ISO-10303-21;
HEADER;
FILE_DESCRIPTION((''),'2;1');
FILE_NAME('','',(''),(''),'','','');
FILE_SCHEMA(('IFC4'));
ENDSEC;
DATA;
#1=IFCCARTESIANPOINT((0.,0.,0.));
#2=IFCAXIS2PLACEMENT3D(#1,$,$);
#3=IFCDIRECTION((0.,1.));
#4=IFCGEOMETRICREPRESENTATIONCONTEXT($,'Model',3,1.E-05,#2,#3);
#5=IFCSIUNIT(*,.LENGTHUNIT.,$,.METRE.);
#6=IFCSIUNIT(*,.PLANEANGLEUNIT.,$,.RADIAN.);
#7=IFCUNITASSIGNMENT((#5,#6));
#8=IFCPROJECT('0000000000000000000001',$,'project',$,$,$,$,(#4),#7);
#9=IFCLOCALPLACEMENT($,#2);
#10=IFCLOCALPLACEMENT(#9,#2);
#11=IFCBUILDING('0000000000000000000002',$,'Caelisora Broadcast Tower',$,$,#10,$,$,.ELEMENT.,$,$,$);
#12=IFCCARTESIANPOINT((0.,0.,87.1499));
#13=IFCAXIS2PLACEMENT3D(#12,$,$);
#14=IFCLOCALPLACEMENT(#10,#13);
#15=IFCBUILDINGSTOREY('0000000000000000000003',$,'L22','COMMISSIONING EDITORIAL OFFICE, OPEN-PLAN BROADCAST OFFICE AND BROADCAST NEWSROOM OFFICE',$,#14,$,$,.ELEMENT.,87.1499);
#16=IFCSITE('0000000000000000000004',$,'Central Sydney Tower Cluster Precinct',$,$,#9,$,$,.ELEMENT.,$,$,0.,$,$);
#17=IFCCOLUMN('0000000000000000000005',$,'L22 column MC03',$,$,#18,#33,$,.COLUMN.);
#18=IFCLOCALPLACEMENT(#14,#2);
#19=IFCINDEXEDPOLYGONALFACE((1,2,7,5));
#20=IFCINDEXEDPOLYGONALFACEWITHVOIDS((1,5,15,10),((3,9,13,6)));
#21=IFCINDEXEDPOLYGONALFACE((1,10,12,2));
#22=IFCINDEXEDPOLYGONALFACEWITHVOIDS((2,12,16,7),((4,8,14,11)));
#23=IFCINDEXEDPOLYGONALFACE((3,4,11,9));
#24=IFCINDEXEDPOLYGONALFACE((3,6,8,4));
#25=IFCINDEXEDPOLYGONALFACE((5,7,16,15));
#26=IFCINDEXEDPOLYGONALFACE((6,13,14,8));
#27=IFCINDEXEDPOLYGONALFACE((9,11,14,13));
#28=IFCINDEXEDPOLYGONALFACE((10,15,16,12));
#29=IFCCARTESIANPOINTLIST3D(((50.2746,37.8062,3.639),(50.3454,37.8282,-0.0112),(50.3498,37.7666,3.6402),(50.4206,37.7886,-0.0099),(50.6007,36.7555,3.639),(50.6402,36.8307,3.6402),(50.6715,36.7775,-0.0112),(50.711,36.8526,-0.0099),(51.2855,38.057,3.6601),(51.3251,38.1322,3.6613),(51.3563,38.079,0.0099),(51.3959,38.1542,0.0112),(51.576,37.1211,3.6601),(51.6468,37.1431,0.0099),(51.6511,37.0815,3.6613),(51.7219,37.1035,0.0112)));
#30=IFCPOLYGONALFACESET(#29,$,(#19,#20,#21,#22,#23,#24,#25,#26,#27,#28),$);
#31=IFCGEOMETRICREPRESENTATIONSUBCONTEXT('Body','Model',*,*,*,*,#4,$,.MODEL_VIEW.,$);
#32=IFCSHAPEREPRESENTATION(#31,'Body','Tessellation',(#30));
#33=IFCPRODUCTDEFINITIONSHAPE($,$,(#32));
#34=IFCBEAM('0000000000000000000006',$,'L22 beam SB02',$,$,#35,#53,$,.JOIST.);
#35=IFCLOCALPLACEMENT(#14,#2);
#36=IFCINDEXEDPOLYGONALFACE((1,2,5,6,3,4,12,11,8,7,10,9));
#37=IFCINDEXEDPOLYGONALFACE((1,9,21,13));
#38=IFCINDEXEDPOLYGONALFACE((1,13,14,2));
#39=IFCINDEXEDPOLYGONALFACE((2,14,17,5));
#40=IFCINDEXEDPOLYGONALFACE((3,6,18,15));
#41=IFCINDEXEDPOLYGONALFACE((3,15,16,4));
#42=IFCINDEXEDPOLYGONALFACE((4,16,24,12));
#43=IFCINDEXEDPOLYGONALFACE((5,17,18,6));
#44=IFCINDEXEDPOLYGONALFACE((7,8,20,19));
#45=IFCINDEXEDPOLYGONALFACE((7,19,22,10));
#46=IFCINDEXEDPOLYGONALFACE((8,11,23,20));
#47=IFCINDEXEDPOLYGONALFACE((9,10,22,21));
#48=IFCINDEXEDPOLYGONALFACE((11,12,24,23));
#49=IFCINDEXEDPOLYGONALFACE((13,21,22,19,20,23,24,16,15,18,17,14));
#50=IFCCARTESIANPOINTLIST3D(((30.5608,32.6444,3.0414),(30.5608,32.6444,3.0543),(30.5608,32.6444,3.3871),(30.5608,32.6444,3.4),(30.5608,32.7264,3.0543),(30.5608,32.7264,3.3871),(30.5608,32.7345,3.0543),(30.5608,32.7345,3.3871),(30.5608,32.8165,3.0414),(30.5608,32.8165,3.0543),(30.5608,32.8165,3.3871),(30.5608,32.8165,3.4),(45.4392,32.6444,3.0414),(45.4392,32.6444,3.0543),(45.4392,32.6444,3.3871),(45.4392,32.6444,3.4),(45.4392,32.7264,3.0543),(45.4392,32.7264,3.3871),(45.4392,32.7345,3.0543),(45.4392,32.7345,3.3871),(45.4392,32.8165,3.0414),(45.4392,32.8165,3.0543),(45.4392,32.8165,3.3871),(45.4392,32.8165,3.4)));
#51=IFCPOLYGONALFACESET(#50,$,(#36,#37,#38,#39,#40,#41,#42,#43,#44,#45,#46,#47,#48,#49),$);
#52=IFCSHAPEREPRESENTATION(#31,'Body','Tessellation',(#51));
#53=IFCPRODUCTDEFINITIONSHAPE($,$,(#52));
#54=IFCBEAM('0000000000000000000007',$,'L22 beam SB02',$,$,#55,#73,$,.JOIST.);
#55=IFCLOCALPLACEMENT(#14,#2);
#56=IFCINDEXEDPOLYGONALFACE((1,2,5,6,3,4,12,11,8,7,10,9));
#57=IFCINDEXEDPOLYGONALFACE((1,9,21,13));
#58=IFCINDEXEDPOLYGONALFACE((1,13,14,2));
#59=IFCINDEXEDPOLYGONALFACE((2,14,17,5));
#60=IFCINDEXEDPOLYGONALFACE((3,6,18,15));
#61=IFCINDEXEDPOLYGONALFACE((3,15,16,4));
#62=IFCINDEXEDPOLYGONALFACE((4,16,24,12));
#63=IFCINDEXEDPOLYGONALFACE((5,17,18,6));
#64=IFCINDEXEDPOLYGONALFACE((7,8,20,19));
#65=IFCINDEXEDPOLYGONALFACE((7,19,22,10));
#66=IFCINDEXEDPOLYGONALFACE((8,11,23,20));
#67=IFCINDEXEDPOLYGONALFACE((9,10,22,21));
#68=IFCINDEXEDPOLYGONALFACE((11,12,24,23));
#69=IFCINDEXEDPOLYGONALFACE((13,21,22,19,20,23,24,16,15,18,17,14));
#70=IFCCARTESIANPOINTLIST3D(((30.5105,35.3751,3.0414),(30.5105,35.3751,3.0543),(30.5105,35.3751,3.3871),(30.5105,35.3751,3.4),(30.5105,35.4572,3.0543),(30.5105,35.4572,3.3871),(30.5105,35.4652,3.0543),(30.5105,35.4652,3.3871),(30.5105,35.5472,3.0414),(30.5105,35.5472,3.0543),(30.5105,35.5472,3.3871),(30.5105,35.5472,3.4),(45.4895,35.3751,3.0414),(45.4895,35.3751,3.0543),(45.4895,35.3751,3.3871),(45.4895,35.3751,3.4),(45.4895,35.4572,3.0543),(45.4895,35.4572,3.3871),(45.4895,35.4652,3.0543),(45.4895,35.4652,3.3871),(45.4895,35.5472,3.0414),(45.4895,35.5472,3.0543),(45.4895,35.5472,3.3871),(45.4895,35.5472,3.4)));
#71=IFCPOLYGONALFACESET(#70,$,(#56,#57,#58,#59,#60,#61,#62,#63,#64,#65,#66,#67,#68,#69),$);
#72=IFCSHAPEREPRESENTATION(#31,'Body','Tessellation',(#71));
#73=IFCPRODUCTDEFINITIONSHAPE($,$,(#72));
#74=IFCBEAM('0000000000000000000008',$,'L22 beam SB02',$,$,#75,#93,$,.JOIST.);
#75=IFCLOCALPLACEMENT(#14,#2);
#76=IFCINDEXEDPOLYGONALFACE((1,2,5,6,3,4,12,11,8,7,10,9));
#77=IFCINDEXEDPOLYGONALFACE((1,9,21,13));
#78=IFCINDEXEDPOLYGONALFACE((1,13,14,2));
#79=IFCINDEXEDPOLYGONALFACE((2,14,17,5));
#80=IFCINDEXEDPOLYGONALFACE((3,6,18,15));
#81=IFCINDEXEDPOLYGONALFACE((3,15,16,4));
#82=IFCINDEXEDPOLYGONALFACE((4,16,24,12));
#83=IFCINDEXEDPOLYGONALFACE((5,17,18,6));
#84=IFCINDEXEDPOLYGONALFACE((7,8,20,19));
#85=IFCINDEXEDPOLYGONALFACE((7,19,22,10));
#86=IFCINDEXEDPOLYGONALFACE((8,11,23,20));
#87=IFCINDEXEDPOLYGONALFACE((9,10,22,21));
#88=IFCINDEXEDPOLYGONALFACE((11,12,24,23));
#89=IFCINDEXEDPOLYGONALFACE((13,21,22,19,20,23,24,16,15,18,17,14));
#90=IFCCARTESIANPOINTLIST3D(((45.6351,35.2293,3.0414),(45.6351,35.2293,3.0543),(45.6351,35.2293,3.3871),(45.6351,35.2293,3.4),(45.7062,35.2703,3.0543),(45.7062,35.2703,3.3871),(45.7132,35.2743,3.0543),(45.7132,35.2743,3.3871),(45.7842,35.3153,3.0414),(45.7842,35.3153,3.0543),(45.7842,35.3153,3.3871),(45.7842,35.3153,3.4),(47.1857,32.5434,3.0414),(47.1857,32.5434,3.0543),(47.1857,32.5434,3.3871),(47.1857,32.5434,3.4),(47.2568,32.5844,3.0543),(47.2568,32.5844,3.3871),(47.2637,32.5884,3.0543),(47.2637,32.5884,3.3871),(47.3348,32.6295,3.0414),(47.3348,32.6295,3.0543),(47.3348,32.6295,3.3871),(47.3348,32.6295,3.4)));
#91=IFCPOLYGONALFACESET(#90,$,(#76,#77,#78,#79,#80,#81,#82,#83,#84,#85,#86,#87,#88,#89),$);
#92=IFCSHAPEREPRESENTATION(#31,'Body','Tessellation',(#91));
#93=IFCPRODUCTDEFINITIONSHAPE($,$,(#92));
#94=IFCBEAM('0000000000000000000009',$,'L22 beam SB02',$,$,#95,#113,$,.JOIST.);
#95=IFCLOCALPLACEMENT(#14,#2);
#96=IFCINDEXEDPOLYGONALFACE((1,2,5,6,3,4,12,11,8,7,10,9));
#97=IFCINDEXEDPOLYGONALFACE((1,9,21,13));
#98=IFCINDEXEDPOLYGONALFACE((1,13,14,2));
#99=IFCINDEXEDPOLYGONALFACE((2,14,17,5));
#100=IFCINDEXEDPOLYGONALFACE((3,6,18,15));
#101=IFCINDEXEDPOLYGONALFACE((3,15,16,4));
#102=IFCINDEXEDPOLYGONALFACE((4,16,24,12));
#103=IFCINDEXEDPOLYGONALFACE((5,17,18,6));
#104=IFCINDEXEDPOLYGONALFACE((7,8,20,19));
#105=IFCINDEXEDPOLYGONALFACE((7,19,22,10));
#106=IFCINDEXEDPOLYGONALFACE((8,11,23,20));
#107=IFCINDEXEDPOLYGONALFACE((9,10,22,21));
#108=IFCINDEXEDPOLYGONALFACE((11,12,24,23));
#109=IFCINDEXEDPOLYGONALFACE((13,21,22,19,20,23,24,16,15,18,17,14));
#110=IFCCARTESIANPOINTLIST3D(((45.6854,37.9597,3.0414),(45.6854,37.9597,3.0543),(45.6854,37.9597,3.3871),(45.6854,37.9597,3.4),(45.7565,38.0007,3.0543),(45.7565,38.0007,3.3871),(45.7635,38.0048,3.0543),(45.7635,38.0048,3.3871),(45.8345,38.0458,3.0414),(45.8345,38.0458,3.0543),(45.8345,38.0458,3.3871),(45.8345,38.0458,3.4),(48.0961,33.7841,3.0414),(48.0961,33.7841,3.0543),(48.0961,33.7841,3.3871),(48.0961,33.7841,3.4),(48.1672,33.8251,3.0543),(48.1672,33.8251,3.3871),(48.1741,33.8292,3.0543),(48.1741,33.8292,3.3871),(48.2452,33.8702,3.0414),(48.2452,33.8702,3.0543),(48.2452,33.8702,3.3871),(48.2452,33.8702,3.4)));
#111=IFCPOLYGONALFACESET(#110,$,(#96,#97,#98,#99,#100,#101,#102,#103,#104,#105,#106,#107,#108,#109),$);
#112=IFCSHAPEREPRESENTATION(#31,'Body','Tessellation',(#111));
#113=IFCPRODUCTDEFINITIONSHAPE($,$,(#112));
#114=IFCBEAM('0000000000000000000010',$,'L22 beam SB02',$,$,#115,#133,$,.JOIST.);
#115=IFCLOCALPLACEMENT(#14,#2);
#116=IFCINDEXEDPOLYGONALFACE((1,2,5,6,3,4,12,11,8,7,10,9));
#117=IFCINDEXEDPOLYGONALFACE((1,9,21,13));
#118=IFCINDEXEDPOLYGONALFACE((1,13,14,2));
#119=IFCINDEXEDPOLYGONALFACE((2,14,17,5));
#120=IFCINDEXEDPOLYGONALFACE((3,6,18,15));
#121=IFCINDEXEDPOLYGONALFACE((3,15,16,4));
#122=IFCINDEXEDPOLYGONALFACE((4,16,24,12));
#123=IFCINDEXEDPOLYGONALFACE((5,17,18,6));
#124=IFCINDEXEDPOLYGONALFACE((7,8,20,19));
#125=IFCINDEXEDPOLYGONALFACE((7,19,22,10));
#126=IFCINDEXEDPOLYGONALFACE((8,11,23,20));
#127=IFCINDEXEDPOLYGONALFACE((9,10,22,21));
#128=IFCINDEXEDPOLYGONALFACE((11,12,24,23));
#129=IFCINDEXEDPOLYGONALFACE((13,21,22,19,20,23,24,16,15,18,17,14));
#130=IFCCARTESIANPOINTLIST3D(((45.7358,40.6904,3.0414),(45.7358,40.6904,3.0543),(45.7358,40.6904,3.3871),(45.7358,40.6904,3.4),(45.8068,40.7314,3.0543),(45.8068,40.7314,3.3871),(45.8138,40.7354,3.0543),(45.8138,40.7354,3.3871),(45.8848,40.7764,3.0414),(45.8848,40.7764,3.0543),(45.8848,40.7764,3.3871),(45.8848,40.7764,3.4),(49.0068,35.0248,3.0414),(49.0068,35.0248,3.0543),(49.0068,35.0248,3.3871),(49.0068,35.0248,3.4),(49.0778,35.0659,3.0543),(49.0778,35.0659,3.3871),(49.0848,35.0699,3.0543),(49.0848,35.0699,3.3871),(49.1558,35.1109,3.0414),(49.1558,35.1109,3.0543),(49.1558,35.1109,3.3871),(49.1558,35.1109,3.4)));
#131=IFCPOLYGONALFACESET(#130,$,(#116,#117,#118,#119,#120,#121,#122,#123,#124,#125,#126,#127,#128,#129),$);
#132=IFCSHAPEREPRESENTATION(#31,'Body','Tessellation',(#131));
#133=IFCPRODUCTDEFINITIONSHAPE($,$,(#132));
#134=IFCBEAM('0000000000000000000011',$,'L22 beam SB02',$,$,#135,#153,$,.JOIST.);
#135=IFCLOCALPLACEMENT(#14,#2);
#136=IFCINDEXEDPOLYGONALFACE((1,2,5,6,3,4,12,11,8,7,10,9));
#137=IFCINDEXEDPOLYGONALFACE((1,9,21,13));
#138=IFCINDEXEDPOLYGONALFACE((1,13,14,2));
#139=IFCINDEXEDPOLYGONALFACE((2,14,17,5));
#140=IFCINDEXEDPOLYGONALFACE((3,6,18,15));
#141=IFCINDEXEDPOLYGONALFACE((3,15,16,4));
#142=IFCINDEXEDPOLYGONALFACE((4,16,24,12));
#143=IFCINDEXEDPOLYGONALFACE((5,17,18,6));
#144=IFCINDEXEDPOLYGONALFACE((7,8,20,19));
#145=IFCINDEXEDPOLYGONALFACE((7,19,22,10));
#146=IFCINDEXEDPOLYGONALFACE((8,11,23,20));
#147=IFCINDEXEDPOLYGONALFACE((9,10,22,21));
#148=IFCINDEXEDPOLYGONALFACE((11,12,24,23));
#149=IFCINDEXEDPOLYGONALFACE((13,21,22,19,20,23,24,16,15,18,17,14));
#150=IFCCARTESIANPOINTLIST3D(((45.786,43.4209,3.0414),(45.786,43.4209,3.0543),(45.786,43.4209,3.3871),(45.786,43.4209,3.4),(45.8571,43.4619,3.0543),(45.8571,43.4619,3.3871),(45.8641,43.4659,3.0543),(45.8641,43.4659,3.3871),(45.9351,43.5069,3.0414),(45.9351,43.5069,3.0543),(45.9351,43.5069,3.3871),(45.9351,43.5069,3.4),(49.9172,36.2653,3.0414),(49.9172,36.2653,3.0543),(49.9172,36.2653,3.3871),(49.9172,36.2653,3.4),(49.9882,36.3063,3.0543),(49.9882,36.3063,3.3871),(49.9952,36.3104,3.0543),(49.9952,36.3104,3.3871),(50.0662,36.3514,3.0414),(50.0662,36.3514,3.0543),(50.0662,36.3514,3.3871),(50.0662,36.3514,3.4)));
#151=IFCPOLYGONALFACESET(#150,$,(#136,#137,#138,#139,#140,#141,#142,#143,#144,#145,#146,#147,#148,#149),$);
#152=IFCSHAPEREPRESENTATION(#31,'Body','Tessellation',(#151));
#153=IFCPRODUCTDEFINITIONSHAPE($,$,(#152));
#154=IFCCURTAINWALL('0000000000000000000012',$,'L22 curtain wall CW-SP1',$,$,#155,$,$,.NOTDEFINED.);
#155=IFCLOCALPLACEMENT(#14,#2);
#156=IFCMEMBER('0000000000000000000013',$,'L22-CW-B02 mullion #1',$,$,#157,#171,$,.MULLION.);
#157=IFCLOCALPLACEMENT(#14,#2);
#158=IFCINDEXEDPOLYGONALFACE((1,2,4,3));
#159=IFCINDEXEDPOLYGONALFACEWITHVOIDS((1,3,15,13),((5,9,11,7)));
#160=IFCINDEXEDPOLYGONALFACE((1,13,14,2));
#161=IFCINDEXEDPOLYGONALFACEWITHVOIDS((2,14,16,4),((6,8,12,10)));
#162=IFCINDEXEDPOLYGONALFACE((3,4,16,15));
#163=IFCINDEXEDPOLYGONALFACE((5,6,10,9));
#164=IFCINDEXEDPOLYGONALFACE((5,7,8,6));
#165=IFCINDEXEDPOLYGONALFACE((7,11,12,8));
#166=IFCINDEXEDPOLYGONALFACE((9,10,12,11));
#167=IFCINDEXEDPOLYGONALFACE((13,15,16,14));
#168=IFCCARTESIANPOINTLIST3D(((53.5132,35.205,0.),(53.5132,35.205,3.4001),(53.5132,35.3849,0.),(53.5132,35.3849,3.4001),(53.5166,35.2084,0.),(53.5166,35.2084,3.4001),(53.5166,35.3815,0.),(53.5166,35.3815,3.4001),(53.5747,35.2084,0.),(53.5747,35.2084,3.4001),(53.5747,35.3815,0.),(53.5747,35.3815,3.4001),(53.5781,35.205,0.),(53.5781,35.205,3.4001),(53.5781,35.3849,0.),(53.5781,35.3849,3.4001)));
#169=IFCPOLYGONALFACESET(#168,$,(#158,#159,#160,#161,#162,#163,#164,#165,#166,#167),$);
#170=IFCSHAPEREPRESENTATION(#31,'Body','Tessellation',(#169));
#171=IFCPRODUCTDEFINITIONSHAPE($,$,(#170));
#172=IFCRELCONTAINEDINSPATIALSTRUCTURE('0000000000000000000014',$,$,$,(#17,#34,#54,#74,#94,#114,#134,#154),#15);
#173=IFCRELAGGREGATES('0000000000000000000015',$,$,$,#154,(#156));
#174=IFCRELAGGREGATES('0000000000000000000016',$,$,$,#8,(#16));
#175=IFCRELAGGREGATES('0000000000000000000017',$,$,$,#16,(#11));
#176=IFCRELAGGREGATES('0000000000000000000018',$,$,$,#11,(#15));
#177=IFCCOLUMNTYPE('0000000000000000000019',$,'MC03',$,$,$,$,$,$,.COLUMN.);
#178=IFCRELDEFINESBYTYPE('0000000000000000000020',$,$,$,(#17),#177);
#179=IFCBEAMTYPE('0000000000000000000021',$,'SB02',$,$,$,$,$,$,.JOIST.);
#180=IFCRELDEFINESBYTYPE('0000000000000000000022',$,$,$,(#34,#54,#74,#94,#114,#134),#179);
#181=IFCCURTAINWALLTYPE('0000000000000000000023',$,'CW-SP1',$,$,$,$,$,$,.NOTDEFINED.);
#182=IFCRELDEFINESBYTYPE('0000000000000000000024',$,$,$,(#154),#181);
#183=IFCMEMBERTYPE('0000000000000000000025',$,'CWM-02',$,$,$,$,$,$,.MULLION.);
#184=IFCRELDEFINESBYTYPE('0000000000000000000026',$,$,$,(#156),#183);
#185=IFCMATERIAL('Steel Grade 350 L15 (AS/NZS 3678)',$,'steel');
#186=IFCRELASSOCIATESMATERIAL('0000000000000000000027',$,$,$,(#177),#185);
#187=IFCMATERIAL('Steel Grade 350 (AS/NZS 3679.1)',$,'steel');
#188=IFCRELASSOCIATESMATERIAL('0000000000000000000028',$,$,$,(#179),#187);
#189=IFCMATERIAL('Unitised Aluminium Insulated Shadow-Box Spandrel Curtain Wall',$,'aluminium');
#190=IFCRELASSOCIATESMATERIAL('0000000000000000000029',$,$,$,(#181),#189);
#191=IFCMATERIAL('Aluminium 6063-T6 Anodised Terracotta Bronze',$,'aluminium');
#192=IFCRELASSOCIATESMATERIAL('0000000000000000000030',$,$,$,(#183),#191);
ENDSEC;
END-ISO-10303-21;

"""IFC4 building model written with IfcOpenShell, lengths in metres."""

from ifc_helpers import new_model, si_unit, direction, frame, origin, origin_2d, place, context, subcontext, project, spatial, hollow_rectangle, i_section, extrude, source, transform, mapped, material, material_profile, profile_set, type_object, type_shapes, element, aggregate, save


model = new_model("IFC4")

# Units and contexts
model_context = context("Model", 3, precision=1e-05, world=origin(), true_north=direction((0.0, 1.0)))
body_context = subcontext(model_context, "Body", "Model", "MODEL_VIEW")
ifc_project = project(units=[si_unit("LENGTHUNIT", "METRE"), si_unit("PLANEANGLEUNIT", "RADIAN")], contexts=[model_context])

# Site, building, storey
site_placement = place(None, origin())
site = spatial("IfcSite", under=ifc_project, at=site_placement, Name="Central Sydney Tower Cluster Precinct", CompositionType="ELEMENT", RefElevation=0.0)
building_placement = place(site_placement, origin())
building = spatial("IfcBuilding", under=site, at=building_placement, Name="Caelisora Broadcast Tower", CompositionType="ELEMENT")
storey_placement = place(building_placement, frame((0.0, 0.0, 87.1499)))
storey = spatial("IfcBuildingStorey", under=building, at=storey_placement, Name="L22", Description="COMMISSIONING EDITORIAL OFFICE, OPEN-PLAN BROADCAST OFFICE AND BROADCAST NEWSROOM OFFICE", CompositionType="ELEMENT", Elevation=87.1499)

# Column
ifc_material_1 = material(Name="Steel Grade 350 L15 (AS/NZS 3678)", Category="steel")
ifc_material_profile_1 = material_profile(ifc_material_1, hollow_rectangle(XDim=1.1001, YDim=1.1001, WallThickness=0.0601, at=origin_2d()), Name="Steel Grade 350 L15 (AS/NZS 3678)")
ifc_profile_set_1 = profile_set([ifc_material_profile_1], Name="Steel Grade 350 L15 (AS/NZS 3678)")
column_type = type_object("IfcColumnType", Name="MC03", PredefinedType="COLUMN", material=ifc_profile_set_1)
shared_shape_1 = source(origin(), body_context, "Body", "SweptSolid", [
    extrude(hollow_rectangle(XDim=1.1001, YDim=1.1001, WallThickness=0.0601, at=origin_2d()), origin(), (0.0, 0.0, 1.0), 3.6509),
])
type_shapes(column_type, [shared_shape_1])
column_placement = place(storey_placement, frame((51.0337, 37.4658, 0.0), z_axis=(-0.019393, -0.006018, 0.999794), x_axis=(0.296399, -0.955064, 0.0)))
element("IfcColumn", 1, at=column_placement, inside=storey, type_object=column_type, Name="L22 column MC03", PredefinedType="COLUMN", context=body_context, shape_type="MappedRepresentation", body=[
    mapped(shared_shape_1, transform((0.0, 0.0, 0.0), scale=1.0)),
])

# Beams
ifc_material_2 = material(Name="Steel Grade 350 (AS/NZS 3679.1)", Category="steel")
ifc_material_profile_2 = material_profile(ifc_material_2, i_section(OverallWidth=0.1721, OverallDepth=0.3586, WebThickness=0.0081, FlangeThickness=0.0129, at=origin_2d()), Name="Steel Grade 350 (AS/NZS 3679.1)")
ifc_profile_set_2 = profile_set([ifc_material_profile_2], Name="Steel Grade 350 (AS/NZS 3679.1)")
beam_type = type_object("IfcBeamType", Name="SB02", PredefinedType="JOIST", material=ifc_profile_set_2)
shared_shape_2 = source(origin(), body_context, "Body", "SweptSolid", [
    extrude(i_section(OverallWidth=0.1721, OverallDepth=0.3586, WebThickness=0.0081, FlangeThickness=0.0129, at=origin_2d()), origin(), (0.0, 0.0, 1.0), 14.8784),
])
beam_1_placement = place(storey_placement, frame((45.4392, 32.7305, 3.2207), z_axis=(-1.0, 0.0, 0.0), x_axis=(0.0, -1.0, 0.0)))
element("IfcBeam", 2, at=beam_1_placement, inside=storey, type_object=beam_type, Name="L22 beam SB02", PredefinedType="JOIST", context=body_context, shape_type="MappedRepresentation", body=[
    mapped(shared_shape_2, transform((0.0, 0.0, 0.0), scale=1.0)),
])
shared_shape_3 = source(origin(), body_context, "Body", "SweptSolid", [
    extrude(i_section(OverallWidth=0.1721, OverallDepth=0.3586, WebThickness=0.0081, FlangeThickness=0.0129, at=origin_2d()), origin(), (0.0, 0.0, 1.0), 14.979),
])
beam_2_placement = place(storey_placement, frame((45.4895, 35.4612, 3.2207), z_axis=(-1.0, 0.0, 0.0), x_axis=(0.0, -1.0, 0.0)))
element("IfcBeam", 3, at=beam_2_placement, inside=storey, type_object=beam_type, Name="L22 beam SB02", PredefinedType="JOIST", context=body_context, shape_type="MappedRepresentation", body=[
    mapped(shared_shape_3, transform((0.0, 0.0, 0.0), scale=1.0)),
])
shared_shape_4 = source(origin(), body_context, "Body", "SweptSolid", [
    extrude(i_section(OverallWidth=0.1721, OverallDepth=0.3586, WebThickness=0.0081, FlangeThickness=0.0129, at=origin_2d()), origin(), (0.0, 0.0, 1.0), 3.1013),
])
beam_3_placement = place(storey_placement, frame((47.2603, 32.5864, 3.2207), z_axis=(-0.499975, 0.86604, 0.0), x_axis=(-0.86604, -0.499975, 0.0)))
element("IfcBeam", 4, at=beam_3_placement, inside=storey, type_object=beam_type, Name="L22 beam SB02", PredefinedType="JOIST", context=body_context, shape_type="MappedRepresentation", body=[
    mapped(shared_shape_4, transform((0.0, 0.0, 0.0), scale=1.0)),
])
shared_shape_5 = source(origin(), body_context, "Body", "SweptSolid", [
    extrude(i_section(OverallWidth=0.1721, OverallDepth=0.3586, WebThickness=0.0081, FlangeThickness=0.0129, at=origin_2d()), origin(), (0.0, 0.0, 1.0), 4.8215),
])
beam_4_placement = place(storey_placement, frame((48.1707, 33.8271, 3.2207), z_axis=(-0.499984, 0.866035, 0.0), x_axis=(-0.866035, -0.499984, 0.0)))
element("IfcBeam", 5, at=beam_4_placement, inside=storey, type_object=beam_type, Name="L22 beam SB02", PredefinedType="JOIST", context=body_context, shape_type="MappedRepresentation", body=[
    mapped(shared_shape_5, transform((0.0, 0.0, 0.0), scale=1.0)),
])
shared_shape_6 = source(origin(), body_context, "Body", "SweptSolid", [
    extrude(i_section(OverallWidth=0.1721, OverallDepth=0.3586, WebThickness=0.0081, FlangeThickness=0.0129, at=origin_2d()), origin(), (0.0, 0.0, 1.0), 6.542),
])
beam_5_placement = place(storey_placement, frame((49.0813, 35.0679, 3.2207), z_axis=(-0.5, 0.866025, 0.0), x_axis=(-0.866025, -0.5, 0.0)))
element("IfcBeam", 6, at=beam_5_placement, inside=storey, type_object=beam_type, Name="L22 beam SB02", PredefinedType="JOIST", context=body_context, shape_type="MappedRepresentation", body=[
    mapped(shared_shape_6, transform((0.0, 0.0, 0.0), scale=1.0)),
])
shared_shape_7 = source(origin(), body_context, "Body", "SweptSolid", [
    extrude(i_section(OverallWidth=0.1721, OverallDepth=0.3586, WebThickness=0.0081, FlangeThickness=0.0129, at=origin_2d()), origin(), (0.0, 0.0, 1.0), 8.2625),
])
type_shapes(beam_type, [shared_shape_2, shared_shape_3, shared_shape_4, shared_shape_5, shared_shape_6, shared_shape_7])
beam_6_placement = place(storey_placement, frame((49.9917, 36.3083, 3.2207), z_axis=(-0.499988, 0.866033, 0.0), x_axis=(-0.866033, -0.499988, 0.0)))
element("IfcBeam", 7, at=beam_6_placement, inside=storey, type_object=beam_type, Name="L22 beam SB02", PredefinedType="JOIST", context=body_context, shape_type="MappedRepresentation", body=[
    mapped(shared_shape_7, transform((0.0, 0.0, 0.0), scale=1.0)),
])

# Curtain wall, member
ifc_material_3 = material(Name="Unitised Aluminium Insulated Shadow-Box Spandrel Curtain Wall", Category="aluminium")
curtain_wall_type = type_object("IfcCurtainWallType", Name="CW-SP1", PredefinedType="NOTDEFINED", material=ifc_material_3)
curtain_wall_placement = place(storey_placement, origin())
curtain_wall = element("IfcCurtainWall", 8, at=curtain_wall_placement, inside=storey, type_object=curtain_wall_type, Name="L22 curtain wall CW-SP1", PredefinedType="NOTDEFINED")
ifc_material_4 = material(Name="Aluminium 6063-T6 Anodised Terracotta Bronze", Category="aluminium")
ifc_material_profile_3 = material_profile(ifc_material_4, hollow_rectangle(XDim=0.0649, YDim=0.1799, WallThickness=0.0034, at=origin_2d()), Name="Aluminium 6063-T6 Anodised Terracotta Bronze")
ifc_profile_set_3 = profile_set([ifc_material_profile_3], Name="Aluminium 6063-T6 Anodised Terracotta Bronze")
member_type = type_object("IfcMemberType", Name="CWM-02", PredefinedType="MULLION", material=ifc_profile_set_3)
shared_shape_8 = source(origin(), body_context, "Body", "SweptSolid", [
    extrude(hollow_rectangle(XDim=0.0649, YDim=0.1799, WallThickness=0.0034, at=origin_2d()), origin(), (0.0, 0.0, 1.0), 3.4001),
])
type_shapes(member_type, [shared_shape_8])
member_placement = place(storey_placement, frame((53.5457, 35.2949, 0.0), z_axis=(0.0, 0.0, 1.0), x_axis=(1.0, 0.0, 0.0)))
member = element("IfcMember", 9, at=member_placement, type_object=member_type, Name="L22-CW-B02 mullion #1", PredefinedType="MULLION", context=body_context, shape_type="MappedRepresentation", body=[
    mapped(shared_shape_8, transform((0.0, 0.0, 0.0), scale=1.0)),
])

aggregate(curtain_wall, [member])

save(model, "model.ifc")
